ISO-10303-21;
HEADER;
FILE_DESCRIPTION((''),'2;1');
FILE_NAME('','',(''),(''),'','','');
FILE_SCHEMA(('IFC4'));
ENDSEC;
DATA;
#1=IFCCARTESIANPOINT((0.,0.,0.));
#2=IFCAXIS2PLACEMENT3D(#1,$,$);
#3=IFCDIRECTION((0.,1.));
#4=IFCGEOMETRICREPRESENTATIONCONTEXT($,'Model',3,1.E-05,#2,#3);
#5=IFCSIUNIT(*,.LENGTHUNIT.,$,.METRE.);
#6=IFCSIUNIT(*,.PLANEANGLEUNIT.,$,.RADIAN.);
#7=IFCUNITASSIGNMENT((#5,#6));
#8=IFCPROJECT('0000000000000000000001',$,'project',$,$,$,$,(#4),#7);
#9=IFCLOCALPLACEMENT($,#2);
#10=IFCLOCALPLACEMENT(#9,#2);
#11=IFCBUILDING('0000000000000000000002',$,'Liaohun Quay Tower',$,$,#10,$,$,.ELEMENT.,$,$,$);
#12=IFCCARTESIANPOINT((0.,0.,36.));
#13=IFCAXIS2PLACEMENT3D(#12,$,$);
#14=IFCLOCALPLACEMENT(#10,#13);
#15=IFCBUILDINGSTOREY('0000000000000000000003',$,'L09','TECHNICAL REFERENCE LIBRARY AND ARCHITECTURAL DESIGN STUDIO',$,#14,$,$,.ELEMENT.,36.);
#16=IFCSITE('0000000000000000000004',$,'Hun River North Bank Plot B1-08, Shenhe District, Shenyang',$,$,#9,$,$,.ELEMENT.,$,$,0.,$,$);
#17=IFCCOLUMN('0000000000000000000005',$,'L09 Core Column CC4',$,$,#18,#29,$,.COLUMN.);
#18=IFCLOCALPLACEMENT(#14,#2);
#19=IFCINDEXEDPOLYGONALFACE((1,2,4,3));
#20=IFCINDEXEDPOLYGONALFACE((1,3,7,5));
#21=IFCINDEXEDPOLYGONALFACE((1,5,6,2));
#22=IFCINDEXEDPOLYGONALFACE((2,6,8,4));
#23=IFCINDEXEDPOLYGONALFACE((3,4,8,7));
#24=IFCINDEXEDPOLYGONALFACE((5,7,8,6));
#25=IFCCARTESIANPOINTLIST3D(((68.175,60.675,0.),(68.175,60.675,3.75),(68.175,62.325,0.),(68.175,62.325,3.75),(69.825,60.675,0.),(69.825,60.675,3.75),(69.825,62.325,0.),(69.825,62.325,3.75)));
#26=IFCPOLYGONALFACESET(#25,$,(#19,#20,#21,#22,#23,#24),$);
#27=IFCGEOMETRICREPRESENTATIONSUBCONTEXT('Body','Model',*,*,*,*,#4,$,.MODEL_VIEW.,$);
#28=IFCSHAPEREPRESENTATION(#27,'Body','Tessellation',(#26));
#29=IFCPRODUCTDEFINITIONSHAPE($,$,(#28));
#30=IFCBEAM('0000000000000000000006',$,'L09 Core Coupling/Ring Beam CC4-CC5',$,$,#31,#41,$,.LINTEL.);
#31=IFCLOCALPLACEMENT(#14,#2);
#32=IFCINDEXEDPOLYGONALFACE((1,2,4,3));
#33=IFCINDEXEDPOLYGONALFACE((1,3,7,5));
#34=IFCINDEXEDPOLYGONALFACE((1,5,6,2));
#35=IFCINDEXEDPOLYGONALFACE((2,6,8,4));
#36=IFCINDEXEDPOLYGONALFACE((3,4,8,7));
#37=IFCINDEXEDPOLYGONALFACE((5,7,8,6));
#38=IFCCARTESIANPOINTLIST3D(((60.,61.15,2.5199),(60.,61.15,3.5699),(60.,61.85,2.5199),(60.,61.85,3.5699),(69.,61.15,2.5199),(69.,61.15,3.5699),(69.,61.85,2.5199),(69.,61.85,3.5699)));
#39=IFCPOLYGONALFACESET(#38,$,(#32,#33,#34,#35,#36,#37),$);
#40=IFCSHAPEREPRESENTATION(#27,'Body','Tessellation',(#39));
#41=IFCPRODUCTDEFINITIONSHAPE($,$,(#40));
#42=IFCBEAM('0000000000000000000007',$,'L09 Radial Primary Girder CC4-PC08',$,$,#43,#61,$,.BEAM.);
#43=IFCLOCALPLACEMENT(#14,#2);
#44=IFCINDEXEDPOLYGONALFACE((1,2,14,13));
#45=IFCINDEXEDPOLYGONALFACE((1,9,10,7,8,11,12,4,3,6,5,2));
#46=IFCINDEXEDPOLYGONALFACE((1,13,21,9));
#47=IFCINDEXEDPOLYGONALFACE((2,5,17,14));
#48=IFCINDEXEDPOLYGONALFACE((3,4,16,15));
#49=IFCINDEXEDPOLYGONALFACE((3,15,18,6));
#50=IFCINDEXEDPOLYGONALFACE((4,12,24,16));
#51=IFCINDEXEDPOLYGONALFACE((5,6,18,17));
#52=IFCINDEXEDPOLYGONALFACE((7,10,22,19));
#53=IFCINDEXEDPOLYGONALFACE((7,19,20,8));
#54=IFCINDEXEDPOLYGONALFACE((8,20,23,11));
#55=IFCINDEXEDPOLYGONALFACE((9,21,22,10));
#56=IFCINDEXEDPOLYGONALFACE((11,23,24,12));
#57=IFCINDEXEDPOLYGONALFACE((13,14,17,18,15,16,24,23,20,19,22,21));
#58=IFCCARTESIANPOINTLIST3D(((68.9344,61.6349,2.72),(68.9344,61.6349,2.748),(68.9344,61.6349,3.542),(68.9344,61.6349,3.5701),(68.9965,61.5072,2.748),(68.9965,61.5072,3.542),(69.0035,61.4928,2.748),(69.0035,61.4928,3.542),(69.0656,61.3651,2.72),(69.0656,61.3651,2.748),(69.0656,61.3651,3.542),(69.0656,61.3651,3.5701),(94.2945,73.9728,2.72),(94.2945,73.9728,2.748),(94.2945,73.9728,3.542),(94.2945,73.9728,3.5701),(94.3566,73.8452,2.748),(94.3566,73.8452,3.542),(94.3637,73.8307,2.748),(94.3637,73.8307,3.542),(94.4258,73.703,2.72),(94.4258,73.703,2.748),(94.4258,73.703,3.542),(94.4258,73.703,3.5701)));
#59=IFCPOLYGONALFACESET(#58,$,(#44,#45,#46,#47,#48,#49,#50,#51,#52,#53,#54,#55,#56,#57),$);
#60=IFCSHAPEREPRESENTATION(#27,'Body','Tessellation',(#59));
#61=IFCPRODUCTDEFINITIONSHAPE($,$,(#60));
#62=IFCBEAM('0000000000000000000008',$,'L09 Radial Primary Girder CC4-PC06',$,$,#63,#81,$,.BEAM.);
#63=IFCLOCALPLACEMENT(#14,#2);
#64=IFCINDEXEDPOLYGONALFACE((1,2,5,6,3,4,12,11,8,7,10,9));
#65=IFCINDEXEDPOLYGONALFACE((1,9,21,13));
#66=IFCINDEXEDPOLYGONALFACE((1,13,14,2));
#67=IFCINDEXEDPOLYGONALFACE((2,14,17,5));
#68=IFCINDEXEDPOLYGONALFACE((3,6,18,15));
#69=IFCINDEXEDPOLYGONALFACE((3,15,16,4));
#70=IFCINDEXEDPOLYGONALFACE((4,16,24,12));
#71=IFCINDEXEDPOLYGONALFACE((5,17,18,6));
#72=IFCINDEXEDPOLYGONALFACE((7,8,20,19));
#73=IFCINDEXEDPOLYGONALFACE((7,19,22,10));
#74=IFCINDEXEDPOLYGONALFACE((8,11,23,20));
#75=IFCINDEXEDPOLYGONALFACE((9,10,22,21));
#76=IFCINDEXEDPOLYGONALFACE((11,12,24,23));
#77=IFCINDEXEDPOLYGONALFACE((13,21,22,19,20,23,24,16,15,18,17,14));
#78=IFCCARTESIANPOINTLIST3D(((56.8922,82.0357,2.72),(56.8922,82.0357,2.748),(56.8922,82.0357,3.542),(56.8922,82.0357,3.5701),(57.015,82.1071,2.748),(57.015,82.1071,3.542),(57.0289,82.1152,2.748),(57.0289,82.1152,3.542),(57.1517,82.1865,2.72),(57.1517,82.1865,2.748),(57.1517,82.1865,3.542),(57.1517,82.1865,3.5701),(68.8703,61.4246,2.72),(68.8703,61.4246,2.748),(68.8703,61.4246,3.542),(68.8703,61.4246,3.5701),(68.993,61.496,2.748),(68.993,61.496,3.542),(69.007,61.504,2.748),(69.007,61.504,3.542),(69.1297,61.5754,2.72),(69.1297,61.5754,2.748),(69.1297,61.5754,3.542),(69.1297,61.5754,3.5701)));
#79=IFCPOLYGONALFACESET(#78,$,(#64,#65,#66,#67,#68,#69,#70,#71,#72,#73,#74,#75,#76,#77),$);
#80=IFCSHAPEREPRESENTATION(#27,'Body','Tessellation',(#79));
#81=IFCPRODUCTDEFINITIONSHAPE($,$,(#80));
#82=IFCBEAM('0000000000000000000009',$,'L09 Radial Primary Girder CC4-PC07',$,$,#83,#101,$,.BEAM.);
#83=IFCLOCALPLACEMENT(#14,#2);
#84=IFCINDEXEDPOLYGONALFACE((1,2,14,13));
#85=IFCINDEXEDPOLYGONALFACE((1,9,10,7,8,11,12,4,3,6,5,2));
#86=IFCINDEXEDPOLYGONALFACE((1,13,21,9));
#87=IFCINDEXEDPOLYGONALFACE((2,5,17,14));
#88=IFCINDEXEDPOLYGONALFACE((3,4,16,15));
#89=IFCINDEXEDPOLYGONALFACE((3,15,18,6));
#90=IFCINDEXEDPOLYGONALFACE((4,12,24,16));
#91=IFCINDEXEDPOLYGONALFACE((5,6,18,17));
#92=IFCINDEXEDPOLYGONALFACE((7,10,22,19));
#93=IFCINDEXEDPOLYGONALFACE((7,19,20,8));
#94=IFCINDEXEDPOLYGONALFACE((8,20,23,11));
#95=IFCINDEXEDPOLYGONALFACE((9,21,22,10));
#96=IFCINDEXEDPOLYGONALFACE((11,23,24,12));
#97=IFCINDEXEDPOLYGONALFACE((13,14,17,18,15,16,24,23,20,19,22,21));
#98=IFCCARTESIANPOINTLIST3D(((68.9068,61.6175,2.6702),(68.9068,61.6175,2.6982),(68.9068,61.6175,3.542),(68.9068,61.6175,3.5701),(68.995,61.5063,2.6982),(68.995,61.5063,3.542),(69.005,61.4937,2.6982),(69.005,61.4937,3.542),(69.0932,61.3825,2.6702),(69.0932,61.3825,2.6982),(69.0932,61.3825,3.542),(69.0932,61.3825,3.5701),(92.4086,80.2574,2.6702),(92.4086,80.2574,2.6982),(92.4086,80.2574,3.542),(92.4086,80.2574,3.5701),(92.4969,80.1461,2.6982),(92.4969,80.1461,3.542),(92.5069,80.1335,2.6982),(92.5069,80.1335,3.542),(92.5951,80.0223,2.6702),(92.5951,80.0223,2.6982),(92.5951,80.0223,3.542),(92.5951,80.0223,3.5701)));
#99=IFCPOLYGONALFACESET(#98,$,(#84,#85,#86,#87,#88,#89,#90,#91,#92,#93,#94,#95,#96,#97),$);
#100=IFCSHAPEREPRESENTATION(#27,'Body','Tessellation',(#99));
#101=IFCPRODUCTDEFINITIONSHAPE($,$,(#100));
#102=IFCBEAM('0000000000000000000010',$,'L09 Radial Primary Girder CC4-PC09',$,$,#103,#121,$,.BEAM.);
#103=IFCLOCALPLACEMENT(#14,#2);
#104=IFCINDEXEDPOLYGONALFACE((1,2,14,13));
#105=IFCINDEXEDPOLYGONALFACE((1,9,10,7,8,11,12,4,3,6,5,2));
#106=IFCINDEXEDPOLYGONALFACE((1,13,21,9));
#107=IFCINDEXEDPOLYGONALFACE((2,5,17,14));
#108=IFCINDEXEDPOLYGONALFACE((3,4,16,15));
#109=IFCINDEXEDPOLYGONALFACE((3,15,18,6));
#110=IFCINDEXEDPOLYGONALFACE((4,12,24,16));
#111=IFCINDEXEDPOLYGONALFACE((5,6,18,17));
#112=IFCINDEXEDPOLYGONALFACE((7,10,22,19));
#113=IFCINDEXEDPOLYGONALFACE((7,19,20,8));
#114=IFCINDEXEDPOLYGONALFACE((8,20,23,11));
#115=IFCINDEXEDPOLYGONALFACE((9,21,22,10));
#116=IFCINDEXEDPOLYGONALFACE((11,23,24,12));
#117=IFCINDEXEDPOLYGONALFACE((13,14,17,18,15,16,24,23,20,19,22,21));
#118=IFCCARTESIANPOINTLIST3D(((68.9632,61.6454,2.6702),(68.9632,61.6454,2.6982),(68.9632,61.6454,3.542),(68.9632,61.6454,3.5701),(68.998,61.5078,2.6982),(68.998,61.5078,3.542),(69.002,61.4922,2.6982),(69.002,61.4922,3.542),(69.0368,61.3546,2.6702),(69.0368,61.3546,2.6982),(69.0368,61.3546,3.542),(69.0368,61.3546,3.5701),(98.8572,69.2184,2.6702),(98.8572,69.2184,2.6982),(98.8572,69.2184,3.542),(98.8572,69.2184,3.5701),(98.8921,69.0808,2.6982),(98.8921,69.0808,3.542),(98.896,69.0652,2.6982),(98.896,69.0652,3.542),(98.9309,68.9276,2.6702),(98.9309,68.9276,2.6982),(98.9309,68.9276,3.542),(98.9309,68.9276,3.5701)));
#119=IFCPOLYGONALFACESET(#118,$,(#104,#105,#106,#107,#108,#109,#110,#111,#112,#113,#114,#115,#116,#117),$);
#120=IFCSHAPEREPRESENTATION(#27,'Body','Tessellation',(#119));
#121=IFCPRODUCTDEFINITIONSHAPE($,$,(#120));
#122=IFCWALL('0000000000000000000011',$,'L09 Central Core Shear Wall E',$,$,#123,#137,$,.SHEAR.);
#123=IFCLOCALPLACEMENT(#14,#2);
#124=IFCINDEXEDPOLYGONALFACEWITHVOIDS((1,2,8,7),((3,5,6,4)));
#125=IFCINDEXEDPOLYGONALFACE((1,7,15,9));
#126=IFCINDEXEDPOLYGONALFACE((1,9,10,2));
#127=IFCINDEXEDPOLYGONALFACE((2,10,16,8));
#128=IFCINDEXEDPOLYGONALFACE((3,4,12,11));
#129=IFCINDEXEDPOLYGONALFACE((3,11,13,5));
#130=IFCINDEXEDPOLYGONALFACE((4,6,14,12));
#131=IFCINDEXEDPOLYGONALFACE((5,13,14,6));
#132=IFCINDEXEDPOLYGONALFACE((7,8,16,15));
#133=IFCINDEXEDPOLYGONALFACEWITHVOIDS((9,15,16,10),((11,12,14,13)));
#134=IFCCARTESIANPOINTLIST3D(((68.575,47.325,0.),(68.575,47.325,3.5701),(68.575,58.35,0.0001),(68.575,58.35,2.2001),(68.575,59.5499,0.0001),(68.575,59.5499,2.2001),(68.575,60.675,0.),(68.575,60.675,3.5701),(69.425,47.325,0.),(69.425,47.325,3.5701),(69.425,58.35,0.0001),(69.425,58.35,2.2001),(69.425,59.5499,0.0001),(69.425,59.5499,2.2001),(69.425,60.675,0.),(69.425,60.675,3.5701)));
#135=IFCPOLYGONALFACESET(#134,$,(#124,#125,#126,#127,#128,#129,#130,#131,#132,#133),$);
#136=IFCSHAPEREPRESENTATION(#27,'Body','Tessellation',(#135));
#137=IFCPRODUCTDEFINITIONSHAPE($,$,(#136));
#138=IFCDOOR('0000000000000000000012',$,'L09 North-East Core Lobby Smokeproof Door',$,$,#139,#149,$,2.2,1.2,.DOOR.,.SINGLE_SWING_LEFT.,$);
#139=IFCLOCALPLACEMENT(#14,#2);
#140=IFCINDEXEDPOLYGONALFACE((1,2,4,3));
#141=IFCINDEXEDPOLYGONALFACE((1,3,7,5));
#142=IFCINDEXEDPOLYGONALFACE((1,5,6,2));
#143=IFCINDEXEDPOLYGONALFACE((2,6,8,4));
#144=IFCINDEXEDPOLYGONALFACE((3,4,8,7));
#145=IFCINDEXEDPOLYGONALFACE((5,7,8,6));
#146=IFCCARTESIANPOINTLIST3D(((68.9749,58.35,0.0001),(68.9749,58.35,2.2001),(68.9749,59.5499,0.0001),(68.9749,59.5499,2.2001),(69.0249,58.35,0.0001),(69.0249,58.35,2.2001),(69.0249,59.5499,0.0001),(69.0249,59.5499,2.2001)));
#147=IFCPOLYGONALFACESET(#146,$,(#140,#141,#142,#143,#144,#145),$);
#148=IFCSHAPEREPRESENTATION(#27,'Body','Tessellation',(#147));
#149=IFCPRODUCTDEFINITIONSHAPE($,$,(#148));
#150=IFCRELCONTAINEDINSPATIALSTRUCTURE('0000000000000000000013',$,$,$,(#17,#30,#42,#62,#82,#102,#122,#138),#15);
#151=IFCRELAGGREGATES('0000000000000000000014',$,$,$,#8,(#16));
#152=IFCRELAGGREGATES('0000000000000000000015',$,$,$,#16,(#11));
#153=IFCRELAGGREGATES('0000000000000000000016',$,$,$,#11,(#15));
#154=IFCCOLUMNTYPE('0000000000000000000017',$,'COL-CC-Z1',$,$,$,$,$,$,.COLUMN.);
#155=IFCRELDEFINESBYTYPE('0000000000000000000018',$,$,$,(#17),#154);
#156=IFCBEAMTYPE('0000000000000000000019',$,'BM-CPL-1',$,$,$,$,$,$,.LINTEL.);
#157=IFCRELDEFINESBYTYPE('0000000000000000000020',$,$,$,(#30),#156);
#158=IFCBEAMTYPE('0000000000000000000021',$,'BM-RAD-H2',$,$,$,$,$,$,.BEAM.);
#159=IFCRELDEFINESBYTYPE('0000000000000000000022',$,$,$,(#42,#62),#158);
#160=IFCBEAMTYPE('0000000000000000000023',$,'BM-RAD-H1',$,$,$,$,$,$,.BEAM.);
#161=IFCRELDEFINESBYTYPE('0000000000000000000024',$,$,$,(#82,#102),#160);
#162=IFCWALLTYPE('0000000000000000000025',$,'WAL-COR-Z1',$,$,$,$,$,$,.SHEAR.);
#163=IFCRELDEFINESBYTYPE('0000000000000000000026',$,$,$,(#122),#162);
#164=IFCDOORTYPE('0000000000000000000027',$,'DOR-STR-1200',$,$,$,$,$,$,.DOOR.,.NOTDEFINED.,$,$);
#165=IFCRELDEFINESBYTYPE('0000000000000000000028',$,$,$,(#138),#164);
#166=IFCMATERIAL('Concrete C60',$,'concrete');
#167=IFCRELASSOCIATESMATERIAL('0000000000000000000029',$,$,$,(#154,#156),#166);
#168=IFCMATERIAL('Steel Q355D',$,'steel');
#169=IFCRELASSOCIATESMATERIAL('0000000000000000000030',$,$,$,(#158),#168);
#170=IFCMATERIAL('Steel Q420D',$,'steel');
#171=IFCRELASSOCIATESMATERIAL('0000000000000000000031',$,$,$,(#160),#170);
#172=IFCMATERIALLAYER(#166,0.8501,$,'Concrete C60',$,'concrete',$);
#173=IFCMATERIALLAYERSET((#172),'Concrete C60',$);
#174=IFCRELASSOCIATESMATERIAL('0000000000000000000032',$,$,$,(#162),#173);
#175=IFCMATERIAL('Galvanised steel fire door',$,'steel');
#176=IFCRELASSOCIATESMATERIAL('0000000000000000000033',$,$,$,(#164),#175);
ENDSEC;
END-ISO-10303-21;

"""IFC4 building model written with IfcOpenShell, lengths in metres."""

from ifc_helpers import new_model, si_unit, direction, frame, frame_2d, origin, origin_2d, place, context, subcontext, project, spatial, rectangle, i_section, extrude, source, transform, mapped, material, layer, layer_set, material_profile, profile_set, type_object, element, fill, save


model = new_model("IFC4")

# Units and contexts
model_context = context("Model", 3, precision=1e-05, world=origin(), true_north=direction((0.0, 1.0)))
body_context = subcontext(model_context, "Body", "Model", "MODEL_VIEW")
ifc_project = project(units=[si_unit("LENGTHUNIT", "METRE"), si_unit("PLANEANGLEUNIT", "RADIAN")], contexts=[model_context])

# Site, building, storey
site_placement = place(None, origin())
site = spatial("IfcSite", under=ifc_project, at=site_placement, Name="Hun River North Bank Plot B1-08, Shenhe District, Shenyang", CompositionType="ELEMENT", RefElevation=0.0)
building_placement = place(site_placement, origin())
building = spatial("IfcBuilding", under=site, at=building_placement, Name="Liaohun Quay Tower", CompositionType="ELEMENT")
storey_placement = place(building_placement, frame((0.0, 0.0, 36.0)))
storey = spatial("IfcBuildingStorey", under=building, at=storey_placement, Name="L09", Description="TECHNICAL REFERENCE LIBRARY AND ARCHITECTURAL DESIGN STUDIO", CompositionType="ELEMENT", Elevation=36.0)

# Column
ifc_material_1 = material(Name="Concrete C60", Category="concrete")
ifc_material_profile_1 = material_profile(ifc_material_1, rectangle(XDim=1.6499, YDim=1.6499, at=origin_2d()), Name="RC1650x1650")
ifc_profile_set_1 = profile_set([ifc_material_profile_1], Name="Concrete C60")
column_type = type_object("IfcColumnType", Name="COL-CC-Z1", PredefinedType="COLUMN", material=ifc_profile_set_1)
shared_shape_1 = source(origin(), body_context, "Body", "SweptSolid", [
    extrude(rectangle(XDim=1.6499, YDim=1.6499, at=origin_2d()), origin(), (0.0, 0.0, 1.0), 3.75),
])
column_placement = place(storey_placement, frame((69.0, 61.5, 0.0), z_axis=(0.0, 0.0, 1.0), x_axis=(1.0, 0.0, 0.0)))
element("IfcColumn", 1, at=column_placement, inside=storey, type_object=column_type, Name="L09 Core Column CC4", PredefinedType="COLUMN", context=body_context, shape_type="MappedRepresentation", body=[
    mapped(shared_shape_1, transform((0.0, 0.0, 0.0), x_axis=(1.0, 0.0, 0.0), y_axis=(0.0, 1.0, 0.0), z_axis=(0.0, 0.0, 1.0), scale=1.0)),
])

# Beams
ifc_material_profile_2 = material_profile(ifc_material_1, rectangle(XDim=0.7, YDim=1.05, at=origin_2d()), Name="RC700x1050")
ifc_profile_set_2 = profile_set([ifc_material_profile_2], Name="Concrete C60")
beam_type_1 = type_object("IfcBeamType", Name="BM-CPL-1", PredefinedType="LINTEL", material=ifc_profile_set_2)
shared_shape_2 = source(origin(), body_context, "Body", "SweptSolid", [
    extrude(rectangle(XDim=0.7, YDim=1.05, at=origin_2d()), origin(), (0.0, 0.0, 1.0), 9.0),
])
beam_1_placement = place(storey_placement, frame((69.0, 61.5, 3.0449), z_axis=(-1.0, 0.0, 0.0), x_axis=(0.0, -1.0, 0.0)))
element("IfcBeam", 2, at=beam_1_placement, inside=storey, type_object=beam_type_1, Name="L09 Core Coupling/Ring Beam CC4-CC5", PredefinedType="LINTEL", context=body_context, shape_type="MappedRepresentation", body=[
    mapped(shared_shape_2, transform((0.0, 0.0, 0.0), x_axis=(1.0, 0.0, 0.0), y_axis=(0.0, 1.0, 0.0), z_axis=(0.0, 0.0, 1.0), scale=1.0)),
])
ifc_material_2 = material(Name="Steel Q355D", Category="steel")
ifc_material_profile_3 = material_profile(ifc_material_2, i_section(OverallWidth=0.3, OverallDepth=0.8501, WebThickness=0.0161, FlangeThickness=0.0281, at=origin_2d()), Name="HN850x300x16x28")
ifc_profile_set_3 = profile_set([ifc_material_profile_3], Name="Steel Q355D")
beam_type_2 = type_object("IfcBeamType", Name="BM-RAD-H2", PredefinedType="BEAM", material=ifc_profile_set_3)
shared_shape_3 = source(origin(), body_context, "Body", "SweptSolid", [
    extrude(i_section(OverallWidth=0.3, OverallDepth=0.8501, WebThickness=0.0161, FlangeThickness=0.0281, at=origin_2d()), origin(), (0.0, 0.0, 1.0), 28.2021),
])
beam_2_placement = place(storey_placement, frame((69.0, 61.5, 3.145), z_axis=(0.899228, 0.437481, 0.0), x_axis=(-0.437481, 0.899228, 0.0)))
element("IfcBeam", 3, at=beam_2_placement, inside=storey, type_object=beam_type_2, Name="L09 Radial Primary Girder CC4-PC08", PredefinedType="BEAM", context=body_context, shape_type="MappedRepresentation", body=[
    mapped(shared_shape_3, transform((0.0, 0.0, 0.0), x_axis=(1.0, 0.0, 0.0), y_axis=(0.0, 1.0, 0.0), z_axis=(0.0, 0.0, 1.0), scale=1.0)),
])
shared_shape_4 = source(origin(), body_context, "Body", "SweptSolid", [
    extrude(i_section(OverallWidth=0.3, OverallDepth=0.8501, WebThickness=0.0161, FlangeThickness=0.0281, at=origin_2d()), origin(), (0.0, 0.0, 1.0), 23.8389),
])
beam_3_placement = place(storey_placement, frame((69.0, 61.5, 3.145), z_axis=(-0.502459, 0.864601, 0.0), x_axis=(-0.864601, -0.502459, 0.0)))
element("IfcBeam", 4, at=beam_3_placement, inside=storey, type_object=beam_type_2, Name="L09 Radial Primary Girder CC4-PC06", PredefinedType="BEAM", context=body_context, shape_type="MappedRepresentation", body=[
    mapped(shared_shape_4, transform((0.0, 0.0, 0.0), x_axis=(1.0, 0.0, 0.0), y_axis=(0.0, 1.0, 0.0), z_axis=(0.0, 0.0, 1.0), scale=1.0)),
])
ifc_material_3 = material(Name="Steel Q420D", Category="steel")
ifc_material_profile_4 = material_profile(ifc_material_3, i_section(OverallWidth=0.3, OverallDepth=0.8999, WebThickness=0.0161, FlangeThickness=0.0281, at=origin_2d()), Name="HN900x300x16x28")
ifc_profile_set_4 = profile_set([ifc_material_profile_4], Name="Steel Q420D")
beam_type_3 = type_object("IfcBeamType", Name="BM-RAD-H1", PredefinedType="BEAM", material=ifc_profile_set_4)
shared_shape_5 = source(origin(), body_context, "Body", "SweptSolid", [
    extrude(i_section(OverallWidth=0.3, OverallDepth=0.8999, WebThickness=0.0161, FlangeThickness=0.0281, at=origin_2d()), origin(), (0.0, 0.0, 1.0), 29.9963),
])
beam_4_placement = place(storey_placement, frame((69.0, 61.5, 3.1201), z_axis=(0.783491, 0.621403, 0.0), x_axis=(-0.621403, 0.783491, 0.0)))
element("IfcBeam", 5, at=beam_4_placement, inside=storey, type_object=beam_type_3, Name="L09 Radial Primary Girder CC4-PC07", PredefinedType="BEAM", context=body_context, shape_type="MappedRepresentation", body=[
    mapped(shared_shape_5, transform((0.0, 0.0, 0.0), x_axis=(1.0, 0.0, 0.0), y_axis=(0.0, 1.0, 0.0), z_axis=(0.0, 0.0, 1.0), scale=1.0)),
])
shared_shape_6 = source(origin(), body_context, "Body", "SweptSolid", [
    extrude(i_section(OverallWidth=0.3, OverallDepth=0.8999, WebThickness=0.0161, FlangeThickness=0.0281, at=origin_2d()), origin(), (0.0, 0.0, 1.0), 30.8384),
])
beam_5_placement = place(storey_placement, frame((69.0, 61.5, 3.1201), z_axis=(0.969379, 0.245571, 0.0), x_axis=(-0.245571, 0.969379, 0.0)))
element("IfcBeam", 6, at=beam_5_placement, inside=storey, type_object=beam_type_3, Name="L09 Radial Primary Girder CC4-PC09", PredefinedType="BEAM", context=body_context, shape_type="MappedRepresentation", body=[
    mapped(shared_shape_6, transform((0.0, 0.0, 0.0), x_axis=(1.0, 0.0, 0.0), y_axis=(0.0, 1.0, 0.0), z_axis=(0.0, 0.0, 1.0), scale=1.0)),
])

# Wall, opening, door
ifc_layer_1 = layer(ifc_material_1, 0.8501, Name="Concrete C60", Category="concrete")
ifc_layer_set_1 = layer_set([ifc_layer_1], Name="Concrete C60")
wall_type_1 = type_object("IfcWallType", Name="WAL-COR-Z1", PredefinedType="SHEAR", material=ifc_layer_set_1)
wall_1_placement = place(storey_placement, frame((69.0, 60.675, 0.0), z_axis=(0.0, 0.0, 1.0), x_axis=(0.0, -1.0, 0.0)))
wall_1 = element("IfcWall", 7, at=wall_1_placement, inside=storey, type_object=wall_type_1, Name="L09 Central Core Shear Wall E", PredefinedType="SHEAR", context=body_context, shape_type="SweptSolid", body=[
    extrude(rectangle(XDim=13.3501, YDim=0.8501, at=frame_2d((6.675, 0.0))), origin(), (0.0, 0.0, 1.0), 3.5701),
])
shared_shape_7 = source(origin(), body_context, "Body", "SweptSolid", [
    extrude(rectangle(XDim=1.2, YDim=2.2, at=frame_2d((0.6001, 1.1001))), frame((0.0, 0.4351, 0.0), z_axis=(0.0, -1.0, 0.0), x_axis=(1.0, 0.0, 0.0)), (0.0, 0.0, 1.0), 0.8701),
])
opening_1_placement = place(wall_1_placement, frame((1.125, 0.0, 0.0)))
opening_1 = element("IfcOpeningElement", 8, at=opening_1_placement, cuts=wall_1, PredefinedType="OPENING", context=body_context, shape_type="MappedRepresentation", body=[
    mapped(shared_shape_7, transform((0.0, 0.0, 0.0), x_axis=(1.0, 0.0, 0.0), y_axis=(0.0, 1.0, 0.0), z_axis=(0.0, 0.0, 1.0), scale=1.0)),
])
ifc_material_4 = material(Name="Galvanised steel fire door", Category="steel")
door_type_1 = type_object("IfcDoorType", Name="DOR-STR-1200", OperationType="NOTDEFINED", PredefinedType="DOOR", material=ifc_material_4)
shared_shape_8 = source(origin(), body_context, "Body", "SweptSolid", [
    extrude(rectangle(XDim=1.2, YDim=2.2, at=frame_2d((0.6001, 1.1001))), frame((0.0, 0.0249, 0.0), z_axis=(0.0, -1.0, 0.0), x_axis=(1.0, 0.0, 0.0)), (0.0, 0.0, 1.0), 0.05),
])
door_1_placement = place(opening_1_placement, origin())
door_1 = element("IfcDoor", 9, at=door_1_placement, inside=storey, type_object=door_type_1, Name="L09 North-East Core Lobby Smokeproof Door", OperationType="SINGLE_SWING_LEFT", OverallHeight=2.2, OverallWidth=1.2, PredefinedType="DOOR", context=body_context, shape_type="MappedRepresentation", body=[
    mapped(shared_shape_8, transform((0.0, 0.0, 0.0), x_axis=(1.0, 0.0, 0.0), y_axis=(0.0, 1.0, 0.0), z_axis=(0.0, 0.0, 1.0), scale=1.0)),
])
fill(opening_1, door_1)

save(model, "model.ifc")
